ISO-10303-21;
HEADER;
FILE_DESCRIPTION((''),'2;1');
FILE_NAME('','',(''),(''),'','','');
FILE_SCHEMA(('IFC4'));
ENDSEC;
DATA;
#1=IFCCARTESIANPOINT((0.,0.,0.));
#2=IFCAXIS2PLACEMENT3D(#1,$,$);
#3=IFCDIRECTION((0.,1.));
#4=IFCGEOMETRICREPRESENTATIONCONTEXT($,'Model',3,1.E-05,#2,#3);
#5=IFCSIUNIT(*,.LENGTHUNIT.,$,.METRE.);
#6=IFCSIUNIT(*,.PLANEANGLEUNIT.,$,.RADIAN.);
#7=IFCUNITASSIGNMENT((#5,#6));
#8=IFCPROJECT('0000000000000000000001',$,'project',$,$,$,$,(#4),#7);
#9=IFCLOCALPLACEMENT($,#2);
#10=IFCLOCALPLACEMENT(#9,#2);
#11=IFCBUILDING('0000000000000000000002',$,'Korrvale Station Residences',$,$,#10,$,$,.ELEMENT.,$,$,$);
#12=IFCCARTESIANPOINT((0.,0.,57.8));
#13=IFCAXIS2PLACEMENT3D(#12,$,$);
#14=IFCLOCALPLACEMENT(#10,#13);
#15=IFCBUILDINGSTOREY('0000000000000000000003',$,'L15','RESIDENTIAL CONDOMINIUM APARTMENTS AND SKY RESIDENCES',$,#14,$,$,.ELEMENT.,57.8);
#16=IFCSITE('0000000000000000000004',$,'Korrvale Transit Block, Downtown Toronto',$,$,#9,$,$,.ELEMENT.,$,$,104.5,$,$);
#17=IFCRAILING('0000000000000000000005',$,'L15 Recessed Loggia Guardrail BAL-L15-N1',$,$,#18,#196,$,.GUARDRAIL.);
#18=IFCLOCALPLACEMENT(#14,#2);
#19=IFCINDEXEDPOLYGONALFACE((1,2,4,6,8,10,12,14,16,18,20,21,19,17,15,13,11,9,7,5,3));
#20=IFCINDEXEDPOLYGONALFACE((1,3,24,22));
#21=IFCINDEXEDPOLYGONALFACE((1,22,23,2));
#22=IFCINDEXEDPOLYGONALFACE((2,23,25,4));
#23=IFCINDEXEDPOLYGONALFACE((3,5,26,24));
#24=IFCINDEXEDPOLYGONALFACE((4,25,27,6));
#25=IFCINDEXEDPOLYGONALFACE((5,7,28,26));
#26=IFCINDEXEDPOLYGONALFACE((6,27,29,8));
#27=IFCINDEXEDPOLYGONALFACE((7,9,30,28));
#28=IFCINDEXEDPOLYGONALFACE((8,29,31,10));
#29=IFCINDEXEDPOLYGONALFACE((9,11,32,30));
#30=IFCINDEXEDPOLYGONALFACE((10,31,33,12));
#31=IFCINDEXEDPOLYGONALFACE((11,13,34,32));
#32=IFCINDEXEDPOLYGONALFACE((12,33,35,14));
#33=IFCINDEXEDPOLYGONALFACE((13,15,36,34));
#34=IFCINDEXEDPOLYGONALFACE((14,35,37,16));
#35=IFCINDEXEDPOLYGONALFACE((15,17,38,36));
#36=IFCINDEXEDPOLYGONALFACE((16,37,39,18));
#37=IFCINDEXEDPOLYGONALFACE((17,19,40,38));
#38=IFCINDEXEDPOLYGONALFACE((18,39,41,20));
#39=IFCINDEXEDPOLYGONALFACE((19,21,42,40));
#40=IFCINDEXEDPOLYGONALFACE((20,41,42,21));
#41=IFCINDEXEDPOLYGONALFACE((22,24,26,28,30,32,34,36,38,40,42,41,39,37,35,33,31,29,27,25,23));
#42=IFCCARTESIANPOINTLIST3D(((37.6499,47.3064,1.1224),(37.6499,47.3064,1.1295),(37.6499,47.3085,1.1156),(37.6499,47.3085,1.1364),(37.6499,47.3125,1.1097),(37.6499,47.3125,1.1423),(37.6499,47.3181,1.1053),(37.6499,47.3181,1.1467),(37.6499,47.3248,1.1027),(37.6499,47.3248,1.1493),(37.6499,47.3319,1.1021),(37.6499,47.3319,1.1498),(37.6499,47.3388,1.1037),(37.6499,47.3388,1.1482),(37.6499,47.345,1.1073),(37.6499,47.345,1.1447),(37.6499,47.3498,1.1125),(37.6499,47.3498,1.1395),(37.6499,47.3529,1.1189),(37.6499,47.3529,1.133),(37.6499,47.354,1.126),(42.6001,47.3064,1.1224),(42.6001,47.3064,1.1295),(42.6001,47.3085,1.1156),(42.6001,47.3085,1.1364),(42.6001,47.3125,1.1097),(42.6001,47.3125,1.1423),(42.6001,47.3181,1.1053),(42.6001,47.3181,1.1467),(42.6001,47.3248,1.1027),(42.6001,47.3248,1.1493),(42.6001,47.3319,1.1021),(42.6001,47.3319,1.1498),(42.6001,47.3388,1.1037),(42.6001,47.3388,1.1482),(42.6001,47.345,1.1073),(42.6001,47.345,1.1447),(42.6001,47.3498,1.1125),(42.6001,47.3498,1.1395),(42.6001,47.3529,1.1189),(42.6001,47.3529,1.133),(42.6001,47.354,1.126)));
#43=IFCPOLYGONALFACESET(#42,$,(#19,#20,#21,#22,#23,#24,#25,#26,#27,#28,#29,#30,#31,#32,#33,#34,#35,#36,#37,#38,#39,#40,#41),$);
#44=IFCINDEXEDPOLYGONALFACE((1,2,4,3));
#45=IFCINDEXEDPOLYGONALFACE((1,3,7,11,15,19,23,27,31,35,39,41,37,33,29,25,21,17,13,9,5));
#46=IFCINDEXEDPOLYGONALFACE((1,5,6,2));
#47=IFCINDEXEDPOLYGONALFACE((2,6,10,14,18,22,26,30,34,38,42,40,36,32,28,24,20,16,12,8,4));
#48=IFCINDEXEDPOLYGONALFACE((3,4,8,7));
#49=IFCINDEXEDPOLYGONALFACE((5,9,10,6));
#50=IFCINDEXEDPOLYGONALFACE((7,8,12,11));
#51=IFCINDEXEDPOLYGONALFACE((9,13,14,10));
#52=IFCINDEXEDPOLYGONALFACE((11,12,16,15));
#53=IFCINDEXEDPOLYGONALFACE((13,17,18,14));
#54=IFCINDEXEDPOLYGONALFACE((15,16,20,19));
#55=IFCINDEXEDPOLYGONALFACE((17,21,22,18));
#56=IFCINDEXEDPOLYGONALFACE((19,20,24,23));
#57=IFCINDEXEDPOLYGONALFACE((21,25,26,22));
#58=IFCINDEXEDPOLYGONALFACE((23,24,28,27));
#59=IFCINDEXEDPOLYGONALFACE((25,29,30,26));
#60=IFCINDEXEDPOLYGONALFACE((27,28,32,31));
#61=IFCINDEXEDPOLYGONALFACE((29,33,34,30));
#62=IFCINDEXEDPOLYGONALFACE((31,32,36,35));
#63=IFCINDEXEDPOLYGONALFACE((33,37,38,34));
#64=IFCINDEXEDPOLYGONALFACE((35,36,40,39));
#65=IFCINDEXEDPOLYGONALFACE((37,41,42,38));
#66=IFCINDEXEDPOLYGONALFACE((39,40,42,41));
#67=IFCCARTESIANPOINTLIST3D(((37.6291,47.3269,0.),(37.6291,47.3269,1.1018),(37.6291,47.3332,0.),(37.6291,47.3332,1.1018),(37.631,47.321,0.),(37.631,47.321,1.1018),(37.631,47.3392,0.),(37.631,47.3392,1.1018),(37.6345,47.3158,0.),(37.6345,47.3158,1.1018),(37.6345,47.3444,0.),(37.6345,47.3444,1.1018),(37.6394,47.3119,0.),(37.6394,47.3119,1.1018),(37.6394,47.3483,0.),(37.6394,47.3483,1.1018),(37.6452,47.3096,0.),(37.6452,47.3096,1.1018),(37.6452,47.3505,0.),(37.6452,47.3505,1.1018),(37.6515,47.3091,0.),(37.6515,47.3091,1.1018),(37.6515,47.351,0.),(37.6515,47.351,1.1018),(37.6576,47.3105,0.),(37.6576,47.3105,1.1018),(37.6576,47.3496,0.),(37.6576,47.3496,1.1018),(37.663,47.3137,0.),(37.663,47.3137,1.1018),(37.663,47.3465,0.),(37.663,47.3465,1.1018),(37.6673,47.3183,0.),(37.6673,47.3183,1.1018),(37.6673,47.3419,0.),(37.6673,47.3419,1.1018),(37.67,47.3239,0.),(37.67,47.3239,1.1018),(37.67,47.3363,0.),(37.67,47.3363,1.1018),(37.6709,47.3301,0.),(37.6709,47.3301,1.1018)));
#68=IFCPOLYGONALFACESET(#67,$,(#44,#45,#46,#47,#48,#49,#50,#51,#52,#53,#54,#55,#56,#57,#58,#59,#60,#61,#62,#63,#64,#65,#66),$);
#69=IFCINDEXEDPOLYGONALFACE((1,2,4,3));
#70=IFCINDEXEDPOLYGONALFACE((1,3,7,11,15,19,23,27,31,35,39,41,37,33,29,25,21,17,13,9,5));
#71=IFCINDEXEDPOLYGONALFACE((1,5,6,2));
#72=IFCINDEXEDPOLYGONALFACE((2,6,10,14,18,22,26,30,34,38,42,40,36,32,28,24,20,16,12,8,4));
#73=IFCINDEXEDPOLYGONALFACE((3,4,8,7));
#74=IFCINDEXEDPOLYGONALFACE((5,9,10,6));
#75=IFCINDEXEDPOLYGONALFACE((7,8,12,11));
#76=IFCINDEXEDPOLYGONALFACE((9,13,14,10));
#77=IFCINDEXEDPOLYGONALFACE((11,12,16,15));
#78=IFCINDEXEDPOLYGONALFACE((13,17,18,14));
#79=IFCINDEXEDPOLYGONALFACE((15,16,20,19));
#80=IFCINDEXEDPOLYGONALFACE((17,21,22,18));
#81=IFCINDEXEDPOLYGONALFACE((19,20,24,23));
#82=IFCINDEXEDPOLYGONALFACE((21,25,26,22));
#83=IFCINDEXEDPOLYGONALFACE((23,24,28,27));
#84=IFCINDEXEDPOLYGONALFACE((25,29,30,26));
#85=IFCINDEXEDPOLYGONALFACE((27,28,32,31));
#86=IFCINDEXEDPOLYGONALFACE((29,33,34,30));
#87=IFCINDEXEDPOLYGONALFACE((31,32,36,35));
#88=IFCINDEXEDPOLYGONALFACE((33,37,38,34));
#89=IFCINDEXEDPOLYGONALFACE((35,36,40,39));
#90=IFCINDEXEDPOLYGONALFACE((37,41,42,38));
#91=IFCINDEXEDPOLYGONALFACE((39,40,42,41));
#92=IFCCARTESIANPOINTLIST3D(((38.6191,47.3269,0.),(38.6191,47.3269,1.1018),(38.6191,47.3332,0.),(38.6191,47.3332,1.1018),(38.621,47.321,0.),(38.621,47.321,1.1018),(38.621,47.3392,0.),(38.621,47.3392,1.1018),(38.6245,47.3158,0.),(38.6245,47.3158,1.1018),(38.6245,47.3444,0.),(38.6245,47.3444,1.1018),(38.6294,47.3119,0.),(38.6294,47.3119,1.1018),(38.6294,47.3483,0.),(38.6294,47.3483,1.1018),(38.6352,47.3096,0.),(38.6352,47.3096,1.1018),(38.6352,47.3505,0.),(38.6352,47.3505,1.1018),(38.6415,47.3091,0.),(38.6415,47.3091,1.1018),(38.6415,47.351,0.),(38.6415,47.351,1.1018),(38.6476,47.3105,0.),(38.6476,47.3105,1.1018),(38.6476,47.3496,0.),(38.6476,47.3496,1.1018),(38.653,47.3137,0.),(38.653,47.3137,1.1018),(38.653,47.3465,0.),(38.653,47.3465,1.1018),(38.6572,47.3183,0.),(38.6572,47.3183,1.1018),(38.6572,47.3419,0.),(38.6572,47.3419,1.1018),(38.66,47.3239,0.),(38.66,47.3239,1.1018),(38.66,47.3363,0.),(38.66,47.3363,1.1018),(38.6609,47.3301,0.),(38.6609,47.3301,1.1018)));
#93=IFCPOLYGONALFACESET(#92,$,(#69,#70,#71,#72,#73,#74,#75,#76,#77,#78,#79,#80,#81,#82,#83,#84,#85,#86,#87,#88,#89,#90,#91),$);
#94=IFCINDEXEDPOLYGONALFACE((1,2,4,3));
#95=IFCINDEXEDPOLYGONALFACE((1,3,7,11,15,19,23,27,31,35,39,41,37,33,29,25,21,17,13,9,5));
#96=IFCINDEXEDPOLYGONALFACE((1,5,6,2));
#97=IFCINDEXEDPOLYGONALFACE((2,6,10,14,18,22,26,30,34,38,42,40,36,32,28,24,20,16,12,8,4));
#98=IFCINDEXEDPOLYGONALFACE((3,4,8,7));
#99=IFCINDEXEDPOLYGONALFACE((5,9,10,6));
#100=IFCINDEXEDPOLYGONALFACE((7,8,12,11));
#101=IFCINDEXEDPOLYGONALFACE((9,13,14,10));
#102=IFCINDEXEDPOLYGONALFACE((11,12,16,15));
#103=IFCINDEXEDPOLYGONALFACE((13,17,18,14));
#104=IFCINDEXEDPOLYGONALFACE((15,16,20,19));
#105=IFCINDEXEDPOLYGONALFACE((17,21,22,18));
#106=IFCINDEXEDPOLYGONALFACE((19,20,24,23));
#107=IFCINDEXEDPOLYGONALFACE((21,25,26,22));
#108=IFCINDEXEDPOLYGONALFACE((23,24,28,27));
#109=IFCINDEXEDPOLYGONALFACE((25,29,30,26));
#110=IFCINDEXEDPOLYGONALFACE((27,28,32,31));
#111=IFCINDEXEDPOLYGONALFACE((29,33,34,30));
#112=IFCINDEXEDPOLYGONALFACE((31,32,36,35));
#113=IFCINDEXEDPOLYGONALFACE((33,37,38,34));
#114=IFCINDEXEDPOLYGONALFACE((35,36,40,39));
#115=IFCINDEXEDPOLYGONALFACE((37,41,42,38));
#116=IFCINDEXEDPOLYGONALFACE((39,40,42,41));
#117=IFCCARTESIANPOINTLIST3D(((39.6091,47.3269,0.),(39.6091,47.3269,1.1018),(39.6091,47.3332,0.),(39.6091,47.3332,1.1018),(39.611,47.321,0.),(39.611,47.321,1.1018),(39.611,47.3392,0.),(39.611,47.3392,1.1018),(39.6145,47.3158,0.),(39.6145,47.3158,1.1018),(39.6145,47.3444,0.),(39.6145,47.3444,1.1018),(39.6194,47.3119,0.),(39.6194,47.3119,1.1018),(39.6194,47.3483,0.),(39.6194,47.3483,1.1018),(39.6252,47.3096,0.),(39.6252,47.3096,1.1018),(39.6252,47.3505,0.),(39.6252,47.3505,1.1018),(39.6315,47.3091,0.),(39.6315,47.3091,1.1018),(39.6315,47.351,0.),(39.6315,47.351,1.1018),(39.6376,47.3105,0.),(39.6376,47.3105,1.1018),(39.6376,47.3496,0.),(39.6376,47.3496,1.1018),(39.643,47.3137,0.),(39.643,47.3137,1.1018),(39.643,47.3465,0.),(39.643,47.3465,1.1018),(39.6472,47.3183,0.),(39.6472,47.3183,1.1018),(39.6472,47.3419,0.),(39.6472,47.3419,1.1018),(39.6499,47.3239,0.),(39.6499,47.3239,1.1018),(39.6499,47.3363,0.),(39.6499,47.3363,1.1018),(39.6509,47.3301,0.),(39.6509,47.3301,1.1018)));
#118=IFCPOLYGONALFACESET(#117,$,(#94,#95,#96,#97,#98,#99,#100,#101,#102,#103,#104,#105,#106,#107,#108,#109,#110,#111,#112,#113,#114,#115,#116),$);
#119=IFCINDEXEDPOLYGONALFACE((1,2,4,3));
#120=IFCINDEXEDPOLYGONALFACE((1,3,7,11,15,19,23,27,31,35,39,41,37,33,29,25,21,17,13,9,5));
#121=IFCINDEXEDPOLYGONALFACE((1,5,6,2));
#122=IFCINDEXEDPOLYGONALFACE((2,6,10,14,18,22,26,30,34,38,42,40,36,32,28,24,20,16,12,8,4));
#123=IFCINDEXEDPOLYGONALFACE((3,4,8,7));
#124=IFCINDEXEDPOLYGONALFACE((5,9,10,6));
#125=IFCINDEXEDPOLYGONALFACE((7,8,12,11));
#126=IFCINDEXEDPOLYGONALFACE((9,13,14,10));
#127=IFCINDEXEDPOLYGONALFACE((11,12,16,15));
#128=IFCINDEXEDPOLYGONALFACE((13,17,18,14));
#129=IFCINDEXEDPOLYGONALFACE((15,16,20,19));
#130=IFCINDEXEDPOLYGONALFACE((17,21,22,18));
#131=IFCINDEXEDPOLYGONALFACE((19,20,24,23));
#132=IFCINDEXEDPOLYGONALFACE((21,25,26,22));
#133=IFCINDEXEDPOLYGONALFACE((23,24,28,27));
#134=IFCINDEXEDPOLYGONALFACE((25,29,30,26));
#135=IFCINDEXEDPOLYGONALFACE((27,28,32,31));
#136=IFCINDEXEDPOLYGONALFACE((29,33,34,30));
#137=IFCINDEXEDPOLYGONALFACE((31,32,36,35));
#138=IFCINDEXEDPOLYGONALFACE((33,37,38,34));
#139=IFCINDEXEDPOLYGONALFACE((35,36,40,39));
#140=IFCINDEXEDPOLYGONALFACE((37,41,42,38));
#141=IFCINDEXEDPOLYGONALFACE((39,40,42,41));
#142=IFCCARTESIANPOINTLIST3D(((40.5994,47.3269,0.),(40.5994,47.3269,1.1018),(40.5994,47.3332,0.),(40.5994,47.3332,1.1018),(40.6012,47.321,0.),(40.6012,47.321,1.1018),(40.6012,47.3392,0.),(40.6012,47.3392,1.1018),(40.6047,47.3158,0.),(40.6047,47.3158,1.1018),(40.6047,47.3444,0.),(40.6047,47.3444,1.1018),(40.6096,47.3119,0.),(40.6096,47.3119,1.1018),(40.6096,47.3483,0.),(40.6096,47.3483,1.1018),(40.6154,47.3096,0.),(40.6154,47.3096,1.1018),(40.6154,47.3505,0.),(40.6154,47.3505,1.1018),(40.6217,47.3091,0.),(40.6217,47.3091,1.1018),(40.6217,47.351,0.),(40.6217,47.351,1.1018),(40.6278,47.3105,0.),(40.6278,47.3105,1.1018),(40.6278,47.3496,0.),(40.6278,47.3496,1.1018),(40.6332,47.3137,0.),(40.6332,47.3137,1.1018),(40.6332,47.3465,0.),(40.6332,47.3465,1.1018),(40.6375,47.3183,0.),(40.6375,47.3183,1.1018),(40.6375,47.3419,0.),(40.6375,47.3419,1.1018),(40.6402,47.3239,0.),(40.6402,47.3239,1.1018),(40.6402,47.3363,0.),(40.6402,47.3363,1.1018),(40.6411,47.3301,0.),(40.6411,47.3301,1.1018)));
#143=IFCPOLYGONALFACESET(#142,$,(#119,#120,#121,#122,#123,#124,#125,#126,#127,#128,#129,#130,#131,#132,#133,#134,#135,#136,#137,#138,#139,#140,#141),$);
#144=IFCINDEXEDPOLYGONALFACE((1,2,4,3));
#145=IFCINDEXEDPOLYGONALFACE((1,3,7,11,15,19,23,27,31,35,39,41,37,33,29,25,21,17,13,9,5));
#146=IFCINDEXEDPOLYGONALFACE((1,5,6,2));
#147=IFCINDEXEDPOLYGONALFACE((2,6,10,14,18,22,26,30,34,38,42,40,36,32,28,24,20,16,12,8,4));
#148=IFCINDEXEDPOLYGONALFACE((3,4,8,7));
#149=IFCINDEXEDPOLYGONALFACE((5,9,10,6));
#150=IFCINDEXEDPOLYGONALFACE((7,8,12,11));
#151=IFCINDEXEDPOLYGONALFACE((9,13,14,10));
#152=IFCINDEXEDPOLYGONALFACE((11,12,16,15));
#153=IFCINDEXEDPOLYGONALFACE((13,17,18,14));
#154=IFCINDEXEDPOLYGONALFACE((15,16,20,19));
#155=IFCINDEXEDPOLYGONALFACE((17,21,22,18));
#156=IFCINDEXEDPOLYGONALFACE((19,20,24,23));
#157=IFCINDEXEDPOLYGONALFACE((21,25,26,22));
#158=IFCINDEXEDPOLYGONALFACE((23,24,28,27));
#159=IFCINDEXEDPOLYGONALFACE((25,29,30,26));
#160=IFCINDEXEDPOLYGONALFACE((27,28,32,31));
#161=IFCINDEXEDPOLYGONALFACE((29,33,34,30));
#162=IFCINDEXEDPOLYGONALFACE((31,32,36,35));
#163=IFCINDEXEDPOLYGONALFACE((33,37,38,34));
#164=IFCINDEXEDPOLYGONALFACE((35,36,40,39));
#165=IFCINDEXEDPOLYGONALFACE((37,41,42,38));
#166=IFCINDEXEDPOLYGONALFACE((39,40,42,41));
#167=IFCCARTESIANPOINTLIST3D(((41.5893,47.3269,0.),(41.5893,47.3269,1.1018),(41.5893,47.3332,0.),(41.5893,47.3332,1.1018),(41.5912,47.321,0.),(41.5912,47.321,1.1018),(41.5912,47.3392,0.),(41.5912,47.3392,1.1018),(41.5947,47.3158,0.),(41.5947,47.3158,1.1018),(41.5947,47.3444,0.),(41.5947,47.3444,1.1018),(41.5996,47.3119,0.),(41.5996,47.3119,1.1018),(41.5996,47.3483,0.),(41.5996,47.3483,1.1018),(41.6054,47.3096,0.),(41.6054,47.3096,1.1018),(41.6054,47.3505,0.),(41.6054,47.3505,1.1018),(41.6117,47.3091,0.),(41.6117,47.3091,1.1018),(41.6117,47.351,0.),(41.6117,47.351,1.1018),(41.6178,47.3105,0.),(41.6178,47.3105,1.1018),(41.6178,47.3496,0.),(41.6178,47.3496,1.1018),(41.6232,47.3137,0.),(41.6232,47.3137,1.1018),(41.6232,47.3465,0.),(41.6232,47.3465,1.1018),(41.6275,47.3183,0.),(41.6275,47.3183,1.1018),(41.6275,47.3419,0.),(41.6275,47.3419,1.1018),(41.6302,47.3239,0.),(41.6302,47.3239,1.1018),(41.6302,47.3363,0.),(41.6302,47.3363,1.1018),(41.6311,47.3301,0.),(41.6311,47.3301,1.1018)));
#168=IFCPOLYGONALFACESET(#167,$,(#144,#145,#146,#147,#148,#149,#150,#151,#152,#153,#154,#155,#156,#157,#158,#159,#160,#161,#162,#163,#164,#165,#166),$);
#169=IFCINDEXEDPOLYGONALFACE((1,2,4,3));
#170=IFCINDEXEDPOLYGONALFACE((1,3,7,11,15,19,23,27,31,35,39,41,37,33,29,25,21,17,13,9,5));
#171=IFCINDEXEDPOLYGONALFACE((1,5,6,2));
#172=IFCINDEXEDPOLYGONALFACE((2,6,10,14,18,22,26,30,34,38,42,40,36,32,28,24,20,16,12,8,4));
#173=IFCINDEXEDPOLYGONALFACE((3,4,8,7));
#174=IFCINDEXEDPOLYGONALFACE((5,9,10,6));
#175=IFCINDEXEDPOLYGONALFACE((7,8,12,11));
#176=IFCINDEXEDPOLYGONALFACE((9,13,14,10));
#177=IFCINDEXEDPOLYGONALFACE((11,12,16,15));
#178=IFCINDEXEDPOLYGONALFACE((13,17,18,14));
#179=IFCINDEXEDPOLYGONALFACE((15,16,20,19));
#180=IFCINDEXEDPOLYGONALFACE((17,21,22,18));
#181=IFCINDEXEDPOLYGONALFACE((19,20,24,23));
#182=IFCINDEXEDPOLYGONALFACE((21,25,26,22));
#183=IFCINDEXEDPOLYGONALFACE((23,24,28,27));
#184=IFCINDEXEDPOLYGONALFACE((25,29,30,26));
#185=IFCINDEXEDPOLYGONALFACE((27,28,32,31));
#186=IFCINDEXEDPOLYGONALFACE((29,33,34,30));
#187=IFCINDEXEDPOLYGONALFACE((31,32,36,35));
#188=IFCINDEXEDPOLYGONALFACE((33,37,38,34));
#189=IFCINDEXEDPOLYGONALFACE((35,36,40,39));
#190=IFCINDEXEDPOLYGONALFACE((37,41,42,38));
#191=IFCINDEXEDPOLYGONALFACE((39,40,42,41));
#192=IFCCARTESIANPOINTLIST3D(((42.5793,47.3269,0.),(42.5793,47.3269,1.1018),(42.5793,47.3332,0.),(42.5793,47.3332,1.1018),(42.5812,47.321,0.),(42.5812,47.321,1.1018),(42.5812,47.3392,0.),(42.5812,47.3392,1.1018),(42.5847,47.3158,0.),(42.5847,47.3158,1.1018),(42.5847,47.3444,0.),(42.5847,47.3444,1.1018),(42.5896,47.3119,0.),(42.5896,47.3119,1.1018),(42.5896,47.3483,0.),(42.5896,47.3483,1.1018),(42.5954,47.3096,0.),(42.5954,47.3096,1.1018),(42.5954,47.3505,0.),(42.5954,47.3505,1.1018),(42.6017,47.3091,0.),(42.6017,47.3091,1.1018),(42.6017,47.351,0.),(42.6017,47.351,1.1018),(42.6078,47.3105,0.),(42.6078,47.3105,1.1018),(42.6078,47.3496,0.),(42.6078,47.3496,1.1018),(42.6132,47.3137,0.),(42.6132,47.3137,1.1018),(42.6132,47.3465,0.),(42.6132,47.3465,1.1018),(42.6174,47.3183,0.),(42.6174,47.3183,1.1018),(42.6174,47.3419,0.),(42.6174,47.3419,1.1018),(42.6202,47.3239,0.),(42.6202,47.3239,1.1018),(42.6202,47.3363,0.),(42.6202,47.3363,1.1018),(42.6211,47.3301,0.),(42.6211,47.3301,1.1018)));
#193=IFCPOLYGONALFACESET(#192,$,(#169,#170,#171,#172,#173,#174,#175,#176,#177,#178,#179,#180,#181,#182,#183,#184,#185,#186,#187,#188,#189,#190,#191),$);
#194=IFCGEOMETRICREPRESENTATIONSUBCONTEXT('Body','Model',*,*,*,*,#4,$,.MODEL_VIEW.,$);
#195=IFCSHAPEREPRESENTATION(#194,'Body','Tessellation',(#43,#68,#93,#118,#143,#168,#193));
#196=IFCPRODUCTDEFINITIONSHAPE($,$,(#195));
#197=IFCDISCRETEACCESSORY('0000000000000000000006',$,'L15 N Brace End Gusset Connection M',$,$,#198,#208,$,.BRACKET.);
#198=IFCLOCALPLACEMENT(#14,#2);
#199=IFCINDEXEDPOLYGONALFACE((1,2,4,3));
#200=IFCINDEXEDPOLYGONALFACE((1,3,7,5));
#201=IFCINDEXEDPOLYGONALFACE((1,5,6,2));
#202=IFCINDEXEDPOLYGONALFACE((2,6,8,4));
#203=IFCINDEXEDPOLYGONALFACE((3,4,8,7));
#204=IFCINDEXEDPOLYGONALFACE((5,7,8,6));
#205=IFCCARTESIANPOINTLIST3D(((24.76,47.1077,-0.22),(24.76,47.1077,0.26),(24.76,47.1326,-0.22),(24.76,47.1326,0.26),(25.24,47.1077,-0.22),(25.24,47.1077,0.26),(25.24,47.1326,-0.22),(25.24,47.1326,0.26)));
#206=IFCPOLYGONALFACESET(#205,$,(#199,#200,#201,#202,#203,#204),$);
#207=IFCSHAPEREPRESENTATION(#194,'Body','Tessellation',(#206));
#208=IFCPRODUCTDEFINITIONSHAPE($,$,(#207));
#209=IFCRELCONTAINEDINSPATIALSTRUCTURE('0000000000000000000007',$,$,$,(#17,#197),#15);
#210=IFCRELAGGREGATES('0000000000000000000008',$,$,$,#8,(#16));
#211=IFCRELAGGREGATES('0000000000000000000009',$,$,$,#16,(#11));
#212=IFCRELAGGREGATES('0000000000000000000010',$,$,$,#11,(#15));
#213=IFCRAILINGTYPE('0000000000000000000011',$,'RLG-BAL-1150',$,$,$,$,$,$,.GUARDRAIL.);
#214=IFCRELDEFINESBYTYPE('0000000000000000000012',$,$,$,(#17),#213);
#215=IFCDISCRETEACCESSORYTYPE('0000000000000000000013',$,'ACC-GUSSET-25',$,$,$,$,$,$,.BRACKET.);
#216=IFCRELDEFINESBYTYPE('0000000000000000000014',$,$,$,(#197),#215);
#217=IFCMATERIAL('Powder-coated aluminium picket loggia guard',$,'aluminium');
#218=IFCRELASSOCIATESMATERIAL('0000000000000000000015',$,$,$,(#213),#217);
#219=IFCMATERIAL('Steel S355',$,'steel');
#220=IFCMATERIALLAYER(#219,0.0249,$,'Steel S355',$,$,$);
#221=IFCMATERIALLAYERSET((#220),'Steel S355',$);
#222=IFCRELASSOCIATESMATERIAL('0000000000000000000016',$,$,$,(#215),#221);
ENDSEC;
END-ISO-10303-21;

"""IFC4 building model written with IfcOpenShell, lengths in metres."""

from ifc_helpers import new_model, si_unit, direction, frame, origin, origin_2d, place, context, subcontext, project, spatial, rectangle, circle, extrude, material, layer, layer_set, type_object, element, save


model = new_model("IFC4")

# Units and contexts
model_context = context("Model", 3, precision=1e-05, world=origin(), true_north=direction((0.0, 1.0)))
body_context = subcontext(model_context, "Body", "Model", "MODEL_VIEW")
ifc_project = project(units=[si_unit("LENGTHUNIT", "METRE"), si_unit("PLANEANGLEUNIT", "RADIAN")], contexts=[model_context])

# Site, building, storey
site_placement = place(None, origin())
site = spatial("IfcSite", under=ifc_project, at=site_placement, Name="Korrvale Transit Block, Downtown Toronto", CompositionType="ELEMENT", RefElevation=104.5)
building_placement = place(site_placement, origin())
building = spatial("IfcBuilding", under=site, at=building_placement, Name="Korrvale Station Residences", CompositionType="ELEMENT")
storey_placement = place(building_placement, frame((0.0, 0.0, 57.8)))
storey = spatial("IfcBuildingStorey", under=building, at=storey_placement, Name="L15", Description="RESIDENTIAL CONDOMINIUM APARTMENTS AND SKY RESIDENCES", CompositionType="ELEMENT", Elevation=57.8)

# Shared definitions
ifc_material_1 = material(Name="Steel S355", Category="steel")

# Railing
ifc_material_2 = material(Name="Powder-coated aluminium picket loggia guard", Category="aluminium")
railing_type = type_object("IfcRailingType", Name="RLG-BAL-1150", PredefinedType="GUARDRAIL", material=ifc_material_2)
railing_placement = place(storey_placement, frame((37.6499, 47.3301, 0.0)))
element("IfcRailing", 1, at=railing_placement, inside=storey, type_object=railing_type, Name="L15 Recessed Loggia Guardrail BAL-L15-N1", PredefinedType="GUARDRAIL", context=body_context, shape_type="SweptSolid", body=[
    extrude(circle(Radius=0.0239, at=origin_2d()), frame((0.0, 0.0, 1.126), z_axis=(1.0, 0.0, 0.0), x_axis=(0.0, 1.0, 0.0)), (0.0, 0.0, 1.0), 4.9502),
    extrude(circle(Radius=0.021, at=origin_2d()), origin(), (0.0, 0.0, 1.0), 1.1018),
    extrude(circle(Radius=0.021, at=origin_2d()), frame((0.99, 0.0, 0.0)), (0.0, 0.0, 1.0), 1.1018),
    extrude(circle(Radius=0.021, at=origin_2d()), frame((1.98, 0.0, 0.0)), (0.0, 0.0, 1.0), 1.1018),
    extrude(circle(Radius=0.021, at=origin_2d()), frame((2.9702, 0.0, 0.0)), (0.0, 0.0, 1.0), 1.1018),
    extrude(circle(Radius=0.021, at=origin_2d()), frame((3.9602, 0.0, 0.0)), (0.0, 0.0, 1.0), 1.1018),
    extrude(circle(Radius=0.021, at=origin_2d()), frame((4.9502, 0.0, 0.0)), (0.0, 0.0, 1.0), 1.1018),
])

# Discrete accessory
ifc_layer_1 = layer(ifc_material_1, 0.0249, Name="Steel S355")
ifc_layer_set_1 = layer_set([ifc_layer_1], Name="Steel S355")
discrete_accessory_type = type_object("IfcDiscreteAccessoryType", Name="ACC-GUSSET-25", PredefinedType="BRACKET", material=ifc_layer_set_1)
for number, where, z_axis, x_axis, name in (
    (2, (25.0, 47.1201, -0.22), (0.0, 0.0, 1.0), (1.0, 0.0, 0.0), "L15 N Brace End Gusset Connection M"),
):
    element("IfcDiscreteAccessory", number, at=place(storey_placement, frame(where, z_axis=z_axis, x_axis=x_axis)), inside=storey, type_object=discrete_accessory_type, Name=name, PredefinedType="BRACKET", context=body_context, shape_type="SweptSolid", body=[
        extrude(rectangle(XDim=0.48, YDim=0.0249, at=origin_2d()), origin(), (0.0, 0.0, 1.0), 0.48),
    ])

save(model, "model.ifc")
